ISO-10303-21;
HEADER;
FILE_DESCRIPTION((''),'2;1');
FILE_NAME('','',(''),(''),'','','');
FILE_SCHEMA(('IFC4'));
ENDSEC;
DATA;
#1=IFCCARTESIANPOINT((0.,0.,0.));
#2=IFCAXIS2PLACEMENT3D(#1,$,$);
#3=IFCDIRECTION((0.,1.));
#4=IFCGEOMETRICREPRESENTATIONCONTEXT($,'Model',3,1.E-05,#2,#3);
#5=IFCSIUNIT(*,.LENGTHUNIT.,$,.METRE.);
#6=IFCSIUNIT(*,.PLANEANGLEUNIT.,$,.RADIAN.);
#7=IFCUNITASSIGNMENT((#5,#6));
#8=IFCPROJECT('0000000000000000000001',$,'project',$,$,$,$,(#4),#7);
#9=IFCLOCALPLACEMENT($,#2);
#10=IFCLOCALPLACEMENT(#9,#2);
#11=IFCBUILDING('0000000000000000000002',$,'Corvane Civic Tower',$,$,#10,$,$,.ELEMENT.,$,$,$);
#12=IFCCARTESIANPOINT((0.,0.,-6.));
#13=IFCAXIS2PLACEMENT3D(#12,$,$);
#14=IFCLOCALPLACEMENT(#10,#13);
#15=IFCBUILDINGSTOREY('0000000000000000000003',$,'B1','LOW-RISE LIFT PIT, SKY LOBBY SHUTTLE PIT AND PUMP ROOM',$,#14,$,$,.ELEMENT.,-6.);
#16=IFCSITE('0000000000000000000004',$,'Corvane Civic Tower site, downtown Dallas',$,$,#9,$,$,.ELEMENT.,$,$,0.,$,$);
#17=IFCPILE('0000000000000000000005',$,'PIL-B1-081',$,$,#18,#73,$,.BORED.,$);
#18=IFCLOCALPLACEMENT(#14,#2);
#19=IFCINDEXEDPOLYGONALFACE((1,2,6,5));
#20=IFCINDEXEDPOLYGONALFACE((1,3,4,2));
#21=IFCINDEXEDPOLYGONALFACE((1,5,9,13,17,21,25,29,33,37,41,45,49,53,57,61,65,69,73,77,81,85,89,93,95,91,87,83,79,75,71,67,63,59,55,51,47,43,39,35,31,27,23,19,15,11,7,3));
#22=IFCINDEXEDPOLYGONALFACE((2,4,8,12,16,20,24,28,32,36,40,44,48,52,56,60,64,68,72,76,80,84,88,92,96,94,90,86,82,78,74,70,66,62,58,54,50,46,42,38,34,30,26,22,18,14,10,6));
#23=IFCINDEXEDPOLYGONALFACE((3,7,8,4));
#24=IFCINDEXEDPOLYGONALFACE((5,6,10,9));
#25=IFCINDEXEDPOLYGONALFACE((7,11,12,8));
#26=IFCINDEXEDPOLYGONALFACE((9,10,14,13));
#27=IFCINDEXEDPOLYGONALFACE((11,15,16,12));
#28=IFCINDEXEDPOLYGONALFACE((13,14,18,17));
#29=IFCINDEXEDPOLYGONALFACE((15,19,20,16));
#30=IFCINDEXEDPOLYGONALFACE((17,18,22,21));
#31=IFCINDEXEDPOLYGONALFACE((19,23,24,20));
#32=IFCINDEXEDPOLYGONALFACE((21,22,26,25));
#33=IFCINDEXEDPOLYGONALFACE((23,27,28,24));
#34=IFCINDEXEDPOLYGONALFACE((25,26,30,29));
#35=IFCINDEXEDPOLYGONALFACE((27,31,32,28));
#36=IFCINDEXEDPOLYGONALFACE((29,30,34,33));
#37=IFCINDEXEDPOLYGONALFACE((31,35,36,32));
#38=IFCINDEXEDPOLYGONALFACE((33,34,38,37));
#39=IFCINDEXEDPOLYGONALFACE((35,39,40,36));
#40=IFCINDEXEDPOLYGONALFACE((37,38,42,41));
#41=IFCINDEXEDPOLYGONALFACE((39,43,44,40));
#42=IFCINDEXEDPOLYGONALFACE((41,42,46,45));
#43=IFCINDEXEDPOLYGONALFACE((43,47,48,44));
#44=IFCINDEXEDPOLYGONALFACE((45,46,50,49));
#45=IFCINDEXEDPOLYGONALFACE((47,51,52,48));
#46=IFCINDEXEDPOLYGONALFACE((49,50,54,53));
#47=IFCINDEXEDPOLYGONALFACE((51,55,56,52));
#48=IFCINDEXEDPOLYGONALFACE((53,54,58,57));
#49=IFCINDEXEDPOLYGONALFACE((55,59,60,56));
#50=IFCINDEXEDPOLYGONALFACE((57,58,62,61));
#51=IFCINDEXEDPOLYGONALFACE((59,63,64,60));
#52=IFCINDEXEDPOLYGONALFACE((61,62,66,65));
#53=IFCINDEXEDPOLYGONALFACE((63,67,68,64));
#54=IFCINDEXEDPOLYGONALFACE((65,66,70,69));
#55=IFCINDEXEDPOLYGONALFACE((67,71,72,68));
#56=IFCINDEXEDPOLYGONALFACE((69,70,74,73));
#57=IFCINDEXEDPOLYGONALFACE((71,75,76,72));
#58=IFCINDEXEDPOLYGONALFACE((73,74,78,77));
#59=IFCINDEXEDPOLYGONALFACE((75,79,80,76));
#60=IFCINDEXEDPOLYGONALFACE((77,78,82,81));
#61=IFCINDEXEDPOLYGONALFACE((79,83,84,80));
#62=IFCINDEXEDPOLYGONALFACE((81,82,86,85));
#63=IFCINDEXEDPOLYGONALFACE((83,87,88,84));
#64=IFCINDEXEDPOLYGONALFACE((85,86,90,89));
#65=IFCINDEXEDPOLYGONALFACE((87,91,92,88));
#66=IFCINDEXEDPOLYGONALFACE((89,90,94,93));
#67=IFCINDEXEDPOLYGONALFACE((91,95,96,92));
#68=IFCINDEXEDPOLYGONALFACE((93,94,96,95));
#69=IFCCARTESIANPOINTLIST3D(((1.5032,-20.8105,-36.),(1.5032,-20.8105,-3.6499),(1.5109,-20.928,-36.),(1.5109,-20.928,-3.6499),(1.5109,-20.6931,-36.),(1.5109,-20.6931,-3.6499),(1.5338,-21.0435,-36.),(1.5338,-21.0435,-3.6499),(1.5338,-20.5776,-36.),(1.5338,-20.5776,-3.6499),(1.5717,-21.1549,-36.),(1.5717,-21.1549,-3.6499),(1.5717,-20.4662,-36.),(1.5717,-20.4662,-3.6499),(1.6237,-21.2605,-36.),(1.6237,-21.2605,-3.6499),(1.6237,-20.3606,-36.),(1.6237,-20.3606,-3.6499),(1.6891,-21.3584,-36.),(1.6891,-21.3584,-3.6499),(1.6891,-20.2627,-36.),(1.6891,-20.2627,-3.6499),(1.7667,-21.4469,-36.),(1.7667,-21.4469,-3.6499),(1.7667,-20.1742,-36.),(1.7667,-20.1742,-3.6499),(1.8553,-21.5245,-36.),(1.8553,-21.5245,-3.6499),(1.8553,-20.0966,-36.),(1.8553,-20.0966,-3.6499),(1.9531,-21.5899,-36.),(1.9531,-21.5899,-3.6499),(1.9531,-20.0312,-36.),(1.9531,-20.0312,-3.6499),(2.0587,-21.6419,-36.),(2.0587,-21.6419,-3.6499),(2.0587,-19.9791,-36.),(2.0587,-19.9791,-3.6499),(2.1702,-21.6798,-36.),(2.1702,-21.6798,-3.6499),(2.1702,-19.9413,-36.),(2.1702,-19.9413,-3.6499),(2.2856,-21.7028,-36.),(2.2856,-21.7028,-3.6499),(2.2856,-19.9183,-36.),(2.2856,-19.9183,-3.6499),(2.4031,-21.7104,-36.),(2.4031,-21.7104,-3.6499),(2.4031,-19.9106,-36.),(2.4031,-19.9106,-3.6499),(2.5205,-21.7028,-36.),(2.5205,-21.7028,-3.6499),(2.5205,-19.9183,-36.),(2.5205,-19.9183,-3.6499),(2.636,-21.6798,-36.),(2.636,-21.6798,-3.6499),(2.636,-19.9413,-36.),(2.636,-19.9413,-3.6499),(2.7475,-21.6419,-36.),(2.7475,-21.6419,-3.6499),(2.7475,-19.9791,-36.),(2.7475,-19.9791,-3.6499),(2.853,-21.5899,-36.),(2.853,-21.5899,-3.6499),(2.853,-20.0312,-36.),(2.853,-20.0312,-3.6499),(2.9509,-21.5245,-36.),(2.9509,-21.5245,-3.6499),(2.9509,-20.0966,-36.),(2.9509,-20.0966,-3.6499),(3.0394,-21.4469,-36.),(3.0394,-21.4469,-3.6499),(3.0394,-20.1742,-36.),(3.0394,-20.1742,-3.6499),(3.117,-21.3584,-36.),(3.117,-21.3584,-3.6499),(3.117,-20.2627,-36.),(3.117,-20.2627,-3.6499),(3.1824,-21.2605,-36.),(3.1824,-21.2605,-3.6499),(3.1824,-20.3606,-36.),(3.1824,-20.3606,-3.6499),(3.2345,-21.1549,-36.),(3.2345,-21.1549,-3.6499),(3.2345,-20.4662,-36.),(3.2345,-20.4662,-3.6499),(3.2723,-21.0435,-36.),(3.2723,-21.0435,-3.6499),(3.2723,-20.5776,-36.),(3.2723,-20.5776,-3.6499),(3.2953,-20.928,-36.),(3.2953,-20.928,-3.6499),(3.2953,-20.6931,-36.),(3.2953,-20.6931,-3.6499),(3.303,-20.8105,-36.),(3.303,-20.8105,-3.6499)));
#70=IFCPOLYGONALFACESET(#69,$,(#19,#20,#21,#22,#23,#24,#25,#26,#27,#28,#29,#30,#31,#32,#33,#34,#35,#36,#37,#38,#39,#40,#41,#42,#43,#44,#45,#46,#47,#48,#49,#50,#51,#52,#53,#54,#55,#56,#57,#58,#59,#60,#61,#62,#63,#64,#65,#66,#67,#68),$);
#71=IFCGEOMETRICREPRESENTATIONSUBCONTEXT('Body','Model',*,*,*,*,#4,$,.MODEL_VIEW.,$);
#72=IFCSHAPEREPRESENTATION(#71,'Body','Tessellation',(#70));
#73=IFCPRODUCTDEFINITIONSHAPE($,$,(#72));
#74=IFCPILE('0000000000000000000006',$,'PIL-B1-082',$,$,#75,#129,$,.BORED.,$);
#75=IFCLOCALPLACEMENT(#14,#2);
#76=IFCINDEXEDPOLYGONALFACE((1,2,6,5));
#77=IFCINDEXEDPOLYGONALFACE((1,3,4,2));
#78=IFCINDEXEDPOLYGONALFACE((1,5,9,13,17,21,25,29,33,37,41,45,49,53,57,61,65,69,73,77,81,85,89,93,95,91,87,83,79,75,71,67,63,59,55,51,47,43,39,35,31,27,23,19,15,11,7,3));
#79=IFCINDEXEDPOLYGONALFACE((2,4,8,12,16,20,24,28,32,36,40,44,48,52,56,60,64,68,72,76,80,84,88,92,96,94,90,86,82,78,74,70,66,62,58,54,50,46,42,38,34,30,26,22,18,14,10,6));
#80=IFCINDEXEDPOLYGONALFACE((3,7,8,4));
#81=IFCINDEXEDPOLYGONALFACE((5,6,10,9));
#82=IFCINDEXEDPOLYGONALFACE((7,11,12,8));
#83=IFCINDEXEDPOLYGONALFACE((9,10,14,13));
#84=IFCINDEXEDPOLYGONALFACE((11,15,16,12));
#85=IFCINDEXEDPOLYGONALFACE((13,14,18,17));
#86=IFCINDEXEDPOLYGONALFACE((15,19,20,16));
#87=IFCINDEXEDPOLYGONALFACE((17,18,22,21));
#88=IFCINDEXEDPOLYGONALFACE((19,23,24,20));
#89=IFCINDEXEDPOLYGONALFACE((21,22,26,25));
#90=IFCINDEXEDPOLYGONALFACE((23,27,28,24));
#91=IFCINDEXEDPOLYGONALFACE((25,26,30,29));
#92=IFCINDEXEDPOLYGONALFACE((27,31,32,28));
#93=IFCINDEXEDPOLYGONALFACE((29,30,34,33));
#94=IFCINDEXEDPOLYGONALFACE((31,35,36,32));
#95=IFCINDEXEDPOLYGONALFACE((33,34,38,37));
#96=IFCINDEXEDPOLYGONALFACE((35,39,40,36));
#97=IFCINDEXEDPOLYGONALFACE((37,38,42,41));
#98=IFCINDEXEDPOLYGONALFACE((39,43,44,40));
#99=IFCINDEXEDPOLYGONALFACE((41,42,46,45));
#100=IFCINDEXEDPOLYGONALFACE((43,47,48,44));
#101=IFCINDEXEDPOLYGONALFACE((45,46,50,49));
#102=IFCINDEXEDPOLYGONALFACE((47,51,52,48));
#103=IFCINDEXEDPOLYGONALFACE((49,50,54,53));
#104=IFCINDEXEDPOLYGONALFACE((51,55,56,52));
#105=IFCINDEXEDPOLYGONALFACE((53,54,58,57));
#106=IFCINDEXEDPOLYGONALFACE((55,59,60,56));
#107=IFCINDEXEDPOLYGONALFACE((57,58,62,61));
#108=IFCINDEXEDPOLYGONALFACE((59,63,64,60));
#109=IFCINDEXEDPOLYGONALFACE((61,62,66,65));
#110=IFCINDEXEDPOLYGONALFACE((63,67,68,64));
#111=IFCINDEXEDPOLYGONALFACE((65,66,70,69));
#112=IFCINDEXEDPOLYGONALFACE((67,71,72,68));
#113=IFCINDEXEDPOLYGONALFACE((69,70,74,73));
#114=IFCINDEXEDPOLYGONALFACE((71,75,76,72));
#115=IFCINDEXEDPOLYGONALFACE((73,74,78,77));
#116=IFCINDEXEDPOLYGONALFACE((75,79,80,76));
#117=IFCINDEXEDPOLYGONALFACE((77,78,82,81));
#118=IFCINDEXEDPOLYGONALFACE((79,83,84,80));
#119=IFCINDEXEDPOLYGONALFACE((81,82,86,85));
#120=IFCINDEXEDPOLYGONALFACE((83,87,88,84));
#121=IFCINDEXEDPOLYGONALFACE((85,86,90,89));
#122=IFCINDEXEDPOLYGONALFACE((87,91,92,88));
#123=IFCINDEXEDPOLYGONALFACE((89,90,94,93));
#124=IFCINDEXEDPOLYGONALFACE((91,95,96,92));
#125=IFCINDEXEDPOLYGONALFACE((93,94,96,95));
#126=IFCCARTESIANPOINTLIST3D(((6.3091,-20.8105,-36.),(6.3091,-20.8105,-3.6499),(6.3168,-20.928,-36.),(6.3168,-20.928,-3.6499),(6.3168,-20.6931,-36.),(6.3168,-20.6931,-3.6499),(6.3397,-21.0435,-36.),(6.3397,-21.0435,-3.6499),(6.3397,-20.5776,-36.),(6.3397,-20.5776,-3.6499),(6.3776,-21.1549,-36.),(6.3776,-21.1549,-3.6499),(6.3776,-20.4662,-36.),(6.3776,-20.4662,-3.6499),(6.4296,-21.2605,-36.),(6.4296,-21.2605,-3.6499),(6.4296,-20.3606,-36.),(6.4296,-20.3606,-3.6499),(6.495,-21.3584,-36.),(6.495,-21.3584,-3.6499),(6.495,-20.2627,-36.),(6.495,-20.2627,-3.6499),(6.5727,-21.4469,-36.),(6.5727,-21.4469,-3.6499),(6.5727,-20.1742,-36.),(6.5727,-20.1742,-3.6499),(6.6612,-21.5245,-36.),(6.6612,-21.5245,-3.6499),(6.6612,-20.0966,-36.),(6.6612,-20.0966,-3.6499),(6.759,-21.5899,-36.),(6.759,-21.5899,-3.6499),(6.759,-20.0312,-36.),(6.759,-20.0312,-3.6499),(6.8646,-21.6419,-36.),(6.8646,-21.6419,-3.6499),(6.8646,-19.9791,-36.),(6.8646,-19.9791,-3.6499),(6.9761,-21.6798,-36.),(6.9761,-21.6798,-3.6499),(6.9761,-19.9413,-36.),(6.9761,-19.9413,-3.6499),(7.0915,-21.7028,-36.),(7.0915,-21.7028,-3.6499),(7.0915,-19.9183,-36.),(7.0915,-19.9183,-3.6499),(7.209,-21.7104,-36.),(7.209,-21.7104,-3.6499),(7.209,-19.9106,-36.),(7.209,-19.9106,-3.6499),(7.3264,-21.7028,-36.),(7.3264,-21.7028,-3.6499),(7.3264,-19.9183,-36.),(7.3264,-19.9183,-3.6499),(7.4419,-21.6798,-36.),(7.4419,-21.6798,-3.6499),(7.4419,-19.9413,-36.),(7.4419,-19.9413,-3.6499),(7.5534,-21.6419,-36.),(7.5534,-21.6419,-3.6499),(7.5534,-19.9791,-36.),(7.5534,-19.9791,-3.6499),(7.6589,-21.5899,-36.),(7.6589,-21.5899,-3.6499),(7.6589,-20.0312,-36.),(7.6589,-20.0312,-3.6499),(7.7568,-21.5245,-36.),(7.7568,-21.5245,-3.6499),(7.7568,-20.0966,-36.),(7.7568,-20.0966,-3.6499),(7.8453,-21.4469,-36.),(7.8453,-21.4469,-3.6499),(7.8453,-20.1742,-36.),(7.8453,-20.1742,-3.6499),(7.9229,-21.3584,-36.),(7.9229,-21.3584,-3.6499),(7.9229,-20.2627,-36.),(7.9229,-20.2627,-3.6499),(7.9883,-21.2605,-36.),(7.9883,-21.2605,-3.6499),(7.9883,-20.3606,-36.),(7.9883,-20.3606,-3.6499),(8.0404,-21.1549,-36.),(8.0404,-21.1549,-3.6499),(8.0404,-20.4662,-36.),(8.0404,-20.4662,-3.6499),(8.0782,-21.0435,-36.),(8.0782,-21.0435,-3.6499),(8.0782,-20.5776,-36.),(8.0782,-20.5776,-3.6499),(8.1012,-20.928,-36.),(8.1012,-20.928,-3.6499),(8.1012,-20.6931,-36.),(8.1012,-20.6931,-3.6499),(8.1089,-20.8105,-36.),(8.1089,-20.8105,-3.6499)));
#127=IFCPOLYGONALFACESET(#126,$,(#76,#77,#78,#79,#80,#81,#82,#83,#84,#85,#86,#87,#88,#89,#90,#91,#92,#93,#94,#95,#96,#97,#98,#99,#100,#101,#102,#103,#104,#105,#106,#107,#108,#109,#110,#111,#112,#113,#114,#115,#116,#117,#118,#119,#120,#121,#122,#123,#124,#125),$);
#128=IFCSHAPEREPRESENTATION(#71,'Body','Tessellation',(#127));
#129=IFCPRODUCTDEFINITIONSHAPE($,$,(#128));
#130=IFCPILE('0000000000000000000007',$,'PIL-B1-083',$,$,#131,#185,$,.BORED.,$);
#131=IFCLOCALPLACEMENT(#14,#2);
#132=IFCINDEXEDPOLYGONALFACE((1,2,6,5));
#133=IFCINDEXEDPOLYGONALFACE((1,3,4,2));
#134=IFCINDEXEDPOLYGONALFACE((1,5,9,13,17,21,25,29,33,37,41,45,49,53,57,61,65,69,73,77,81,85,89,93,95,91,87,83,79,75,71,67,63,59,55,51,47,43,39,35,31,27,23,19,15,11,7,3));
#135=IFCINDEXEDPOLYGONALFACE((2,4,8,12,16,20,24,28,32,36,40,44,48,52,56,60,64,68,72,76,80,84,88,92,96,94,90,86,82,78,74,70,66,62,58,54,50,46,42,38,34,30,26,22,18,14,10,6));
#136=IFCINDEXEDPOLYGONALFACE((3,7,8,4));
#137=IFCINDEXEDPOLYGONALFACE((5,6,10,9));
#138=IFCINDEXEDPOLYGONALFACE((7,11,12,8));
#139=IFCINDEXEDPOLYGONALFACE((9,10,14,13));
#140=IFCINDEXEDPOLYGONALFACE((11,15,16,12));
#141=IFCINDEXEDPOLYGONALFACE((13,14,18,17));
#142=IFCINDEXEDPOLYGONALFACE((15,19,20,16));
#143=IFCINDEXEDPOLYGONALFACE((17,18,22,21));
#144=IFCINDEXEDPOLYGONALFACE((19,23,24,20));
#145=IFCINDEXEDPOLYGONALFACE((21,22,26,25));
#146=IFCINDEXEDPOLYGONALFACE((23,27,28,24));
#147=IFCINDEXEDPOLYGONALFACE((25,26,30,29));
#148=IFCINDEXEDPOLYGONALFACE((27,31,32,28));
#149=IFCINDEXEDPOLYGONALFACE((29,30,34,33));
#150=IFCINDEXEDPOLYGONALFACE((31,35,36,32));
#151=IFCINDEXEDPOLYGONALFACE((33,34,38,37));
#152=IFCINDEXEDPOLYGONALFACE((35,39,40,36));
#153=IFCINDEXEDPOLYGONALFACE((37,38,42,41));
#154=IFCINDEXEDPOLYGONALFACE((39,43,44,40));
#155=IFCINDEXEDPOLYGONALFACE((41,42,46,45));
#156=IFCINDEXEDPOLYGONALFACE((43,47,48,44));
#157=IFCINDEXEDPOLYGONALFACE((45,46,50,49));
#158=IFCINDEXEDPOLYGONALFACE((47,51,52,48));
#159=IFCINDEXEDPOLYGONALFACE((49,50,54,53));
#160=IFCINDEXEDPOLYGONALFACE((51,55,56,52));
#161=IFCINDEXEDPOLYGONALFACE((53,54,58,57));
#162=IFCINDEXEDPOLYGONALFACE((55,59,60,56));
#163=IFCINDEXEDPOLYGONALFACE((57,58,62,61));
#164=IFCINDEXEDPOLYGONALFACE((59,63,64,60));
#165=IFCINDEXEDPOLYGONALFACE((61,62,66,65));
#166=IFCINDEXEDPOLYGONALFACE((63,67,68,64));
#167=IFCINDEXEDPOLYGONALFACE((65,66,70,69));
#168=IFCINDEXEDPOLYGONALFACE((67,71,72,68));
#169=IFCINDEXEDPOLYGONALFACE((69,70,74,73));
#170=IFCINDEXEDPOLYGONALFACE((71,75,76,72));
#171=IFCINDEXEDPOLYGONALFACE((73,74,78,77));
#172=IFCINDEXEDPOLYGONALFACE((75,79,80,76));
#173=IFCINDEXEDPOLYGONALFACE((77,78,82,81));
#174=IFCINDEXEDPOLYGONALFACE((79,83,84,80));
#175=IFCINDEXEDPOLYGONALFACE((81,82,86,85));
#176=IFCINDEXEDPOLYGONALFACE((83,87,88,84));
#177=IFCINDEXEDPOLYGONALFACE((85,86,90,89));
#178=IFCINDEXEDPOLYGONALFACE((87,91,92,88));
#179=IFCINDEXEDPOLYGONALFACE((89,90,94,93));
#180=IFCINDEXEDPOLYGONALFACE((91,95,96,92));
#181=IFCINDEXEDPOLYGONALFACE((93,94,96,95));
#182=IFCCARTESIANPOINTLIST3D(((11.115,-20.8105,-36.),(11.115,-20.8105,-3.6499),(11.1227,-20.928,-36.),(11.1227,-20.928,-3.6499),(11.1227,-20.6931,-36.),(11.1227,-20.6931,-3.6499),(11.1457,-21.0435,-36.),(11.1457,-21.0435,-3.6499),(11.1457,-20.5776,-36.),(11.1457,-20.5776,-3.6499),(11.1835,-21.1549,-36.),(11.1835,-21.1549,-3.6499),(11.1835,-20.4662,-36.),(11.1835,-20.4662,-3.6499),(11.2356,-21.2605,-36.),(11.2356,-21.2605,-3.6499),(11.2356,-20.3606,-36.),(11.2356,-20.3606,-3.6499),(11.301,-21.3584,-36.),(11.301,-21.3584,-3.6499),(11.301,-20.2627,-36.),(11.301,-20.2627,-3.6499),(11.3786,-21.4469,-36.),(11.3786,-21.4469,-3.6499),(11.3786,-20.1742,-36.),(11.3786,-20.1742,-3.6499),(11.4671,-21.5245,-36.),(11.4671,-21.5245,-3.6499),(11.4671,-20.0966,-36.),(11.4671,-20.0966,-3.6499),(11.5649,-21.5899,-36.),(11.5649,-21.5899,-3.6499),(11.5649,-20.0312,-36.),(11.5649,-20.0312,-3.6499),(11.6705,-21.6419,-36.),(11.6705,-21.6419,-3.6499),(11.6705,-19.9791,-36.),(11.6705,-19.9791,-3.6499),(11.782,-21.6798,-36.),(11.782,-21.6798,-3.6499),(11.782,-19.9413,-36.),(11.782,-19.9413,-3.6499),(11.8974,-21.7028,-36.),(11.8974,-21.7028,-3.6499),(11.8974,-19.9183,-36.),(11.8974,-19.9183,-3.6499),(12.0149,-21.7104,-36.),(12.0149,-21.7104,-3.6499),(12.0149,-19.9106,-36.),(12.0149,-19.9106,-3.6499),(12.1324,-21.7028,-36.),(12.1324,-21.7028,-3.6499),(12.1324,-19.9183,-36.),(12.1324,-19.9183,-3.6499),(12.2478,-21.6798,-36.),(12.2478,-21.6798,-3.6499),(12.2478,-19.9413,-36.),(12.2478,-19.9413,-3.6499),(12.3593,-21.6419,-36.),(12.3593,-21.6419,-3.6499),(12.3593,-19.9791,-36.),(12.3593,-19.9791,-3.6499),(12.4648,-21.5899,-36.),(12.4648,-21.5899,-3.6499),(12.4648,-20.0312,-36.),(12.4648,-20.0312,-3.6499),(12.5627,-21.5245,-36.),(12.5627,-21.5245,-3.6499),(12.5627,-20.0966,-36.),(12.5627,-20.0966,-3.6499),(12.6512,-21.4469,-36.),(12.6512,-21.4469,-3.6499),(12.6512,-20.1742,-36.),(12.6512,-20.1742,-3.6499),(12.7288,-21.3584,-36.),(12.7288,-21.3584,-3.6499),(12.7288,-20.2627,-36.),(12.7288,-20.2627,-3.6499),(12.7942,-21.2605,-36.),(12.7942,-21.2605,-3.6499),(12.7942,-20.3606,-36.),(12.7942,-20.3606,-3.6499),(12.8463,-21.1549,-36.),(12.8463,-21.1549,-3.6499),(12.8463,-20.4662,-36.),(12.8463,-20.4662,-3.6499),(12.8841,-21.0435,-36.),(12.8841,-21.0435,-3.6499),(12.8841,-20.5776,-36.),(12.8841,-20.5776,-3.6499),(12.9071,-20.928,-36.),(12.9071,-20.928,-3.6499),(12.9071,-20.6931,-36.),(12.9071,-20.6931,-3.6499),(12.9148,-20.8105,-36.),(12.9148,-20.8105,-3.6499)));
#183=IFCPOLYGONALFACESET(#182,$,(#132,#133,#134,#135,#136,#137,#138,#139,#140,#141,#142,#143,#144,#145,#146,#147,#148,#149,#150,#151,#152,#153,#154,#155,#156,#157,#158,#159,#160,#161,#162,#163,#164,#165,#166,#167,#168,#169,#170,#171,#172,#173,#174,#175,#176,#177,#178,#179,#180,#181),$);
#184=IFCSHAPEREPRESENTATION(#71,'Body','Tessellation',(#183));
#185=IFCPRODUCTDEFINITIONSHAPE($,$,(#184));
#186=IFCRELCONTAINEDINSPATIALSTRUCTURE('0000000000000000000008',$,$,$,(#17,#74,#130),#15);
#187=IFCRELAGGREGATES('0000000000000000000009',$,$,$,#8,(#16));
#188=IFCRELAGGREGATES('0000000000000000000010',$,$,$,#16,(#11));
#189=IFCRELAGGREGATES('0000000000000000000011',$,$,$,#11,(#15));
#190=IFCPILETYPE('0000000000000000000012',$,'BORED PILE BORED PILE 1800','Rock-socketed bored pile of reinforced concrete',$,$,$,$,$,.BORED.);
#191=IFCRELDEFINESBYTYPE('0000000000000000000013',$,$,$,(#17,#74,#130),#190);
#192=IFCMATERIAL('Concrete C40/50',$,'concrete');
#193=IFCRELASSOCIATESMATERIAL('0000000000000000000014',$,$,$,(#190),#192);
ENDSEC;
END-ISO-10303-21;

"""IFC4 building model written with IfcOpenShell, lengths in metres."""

from ifc_helpers import new_model, si_unit, direction, frame, origin, origin_2d, place, context, subcontext, project, spatial, circle, extrude, material, material_profile, profile_set, type_object, element, save


model = new_model("IFC4")

# Units and contexts
model_context = context("Model", 3, precision=1e-05, world=origin(), true_north=direction((0.0, 1.0)))
body_context = subcontext(model_context, "Body", "Model", "MODEL_VIEW")
ifc_project = project(units=[si_unit("LENGTHUNIT", "METRE"), si_unit("PLANEANGLEUNIT", "RADIAN")], contexts=[model_context])

# Site, building, storey
site_placement = place(None, origin())
site = spatial("IfcSite", under=ifc_project, at=site_placement, Name="Corvane Civic Tower site, downtown Dallas", CompositionType="ELEMENT", RefElevation=0.0)
building_placement = place(site_placement, origin())
building = spatial("IfcBuilding", under=site, at=building_placement, Name="Corvane Civic Tower", CompositionType="ELEMENT")
storey_placement = place(building_placement, frame((0.0, 0.0, -6.0)))
storey = spatial("IfcBuildingStorey", under=building, at=storey_placement, Name="B1", Description="LOW-RISE LIFT PIT, SKY LOBBY SHUTTLE PIT AND PUMP ROOM", CompositionType="ELEMENT", Elevation=-6.0)

# Piles
ifc_material_1 = material(Name="Concrete C40/50", Category="concrete")
ifc_material_profile = material_profile(ifc_material_1, circle(Radius=0.8999, at=origin_2d()), Name="BORED PILE 1800")
ifc_profile_set = profile_set([ifc_material_profile], Name="Concrete C40/50")
pile_type = type_object("IfcPileType", Name="BORED PILE BORED PILE 1800", Description="Rock-socketed bored pile of reinforced concrete", PredefinedType="BORED", material=ifc_profile_set)
for number, where, z_axis, x_axis, name in (
    (1, (2.4031, -20.8105, -3.6499), (0.0, 0.0, -1.0), (1.0, 0.0, 0.0), "PIL-B1-081"),
    (2, (7.209, -20.8105, -3.6499), (0.0, 0.0, -1.0), (1.0, 0.0, 0.0), "PIL-B1-082"),
    (3, (12.0149, -20.8105, -3.6499), (0.0, 0.0, -1.0), (1.0, 0.0, 0.0), "PIL-B1-083"),
):
    element("IfcPile", number, at=place(storey_placement, frame(where, z_axis=z_axis, x_axis=x_axis)), inside=storey, type_object=pile_type, Name=name, PredefinedType="BORED", context=body_context, shape_type="SweptSolid", body=[
        extrude(circle(Radius=0.8999, at=origin_2d()), origin(), (0.0, 0.0, 1.0), 32.3501),
    ])

save(model, "model.ifc")
